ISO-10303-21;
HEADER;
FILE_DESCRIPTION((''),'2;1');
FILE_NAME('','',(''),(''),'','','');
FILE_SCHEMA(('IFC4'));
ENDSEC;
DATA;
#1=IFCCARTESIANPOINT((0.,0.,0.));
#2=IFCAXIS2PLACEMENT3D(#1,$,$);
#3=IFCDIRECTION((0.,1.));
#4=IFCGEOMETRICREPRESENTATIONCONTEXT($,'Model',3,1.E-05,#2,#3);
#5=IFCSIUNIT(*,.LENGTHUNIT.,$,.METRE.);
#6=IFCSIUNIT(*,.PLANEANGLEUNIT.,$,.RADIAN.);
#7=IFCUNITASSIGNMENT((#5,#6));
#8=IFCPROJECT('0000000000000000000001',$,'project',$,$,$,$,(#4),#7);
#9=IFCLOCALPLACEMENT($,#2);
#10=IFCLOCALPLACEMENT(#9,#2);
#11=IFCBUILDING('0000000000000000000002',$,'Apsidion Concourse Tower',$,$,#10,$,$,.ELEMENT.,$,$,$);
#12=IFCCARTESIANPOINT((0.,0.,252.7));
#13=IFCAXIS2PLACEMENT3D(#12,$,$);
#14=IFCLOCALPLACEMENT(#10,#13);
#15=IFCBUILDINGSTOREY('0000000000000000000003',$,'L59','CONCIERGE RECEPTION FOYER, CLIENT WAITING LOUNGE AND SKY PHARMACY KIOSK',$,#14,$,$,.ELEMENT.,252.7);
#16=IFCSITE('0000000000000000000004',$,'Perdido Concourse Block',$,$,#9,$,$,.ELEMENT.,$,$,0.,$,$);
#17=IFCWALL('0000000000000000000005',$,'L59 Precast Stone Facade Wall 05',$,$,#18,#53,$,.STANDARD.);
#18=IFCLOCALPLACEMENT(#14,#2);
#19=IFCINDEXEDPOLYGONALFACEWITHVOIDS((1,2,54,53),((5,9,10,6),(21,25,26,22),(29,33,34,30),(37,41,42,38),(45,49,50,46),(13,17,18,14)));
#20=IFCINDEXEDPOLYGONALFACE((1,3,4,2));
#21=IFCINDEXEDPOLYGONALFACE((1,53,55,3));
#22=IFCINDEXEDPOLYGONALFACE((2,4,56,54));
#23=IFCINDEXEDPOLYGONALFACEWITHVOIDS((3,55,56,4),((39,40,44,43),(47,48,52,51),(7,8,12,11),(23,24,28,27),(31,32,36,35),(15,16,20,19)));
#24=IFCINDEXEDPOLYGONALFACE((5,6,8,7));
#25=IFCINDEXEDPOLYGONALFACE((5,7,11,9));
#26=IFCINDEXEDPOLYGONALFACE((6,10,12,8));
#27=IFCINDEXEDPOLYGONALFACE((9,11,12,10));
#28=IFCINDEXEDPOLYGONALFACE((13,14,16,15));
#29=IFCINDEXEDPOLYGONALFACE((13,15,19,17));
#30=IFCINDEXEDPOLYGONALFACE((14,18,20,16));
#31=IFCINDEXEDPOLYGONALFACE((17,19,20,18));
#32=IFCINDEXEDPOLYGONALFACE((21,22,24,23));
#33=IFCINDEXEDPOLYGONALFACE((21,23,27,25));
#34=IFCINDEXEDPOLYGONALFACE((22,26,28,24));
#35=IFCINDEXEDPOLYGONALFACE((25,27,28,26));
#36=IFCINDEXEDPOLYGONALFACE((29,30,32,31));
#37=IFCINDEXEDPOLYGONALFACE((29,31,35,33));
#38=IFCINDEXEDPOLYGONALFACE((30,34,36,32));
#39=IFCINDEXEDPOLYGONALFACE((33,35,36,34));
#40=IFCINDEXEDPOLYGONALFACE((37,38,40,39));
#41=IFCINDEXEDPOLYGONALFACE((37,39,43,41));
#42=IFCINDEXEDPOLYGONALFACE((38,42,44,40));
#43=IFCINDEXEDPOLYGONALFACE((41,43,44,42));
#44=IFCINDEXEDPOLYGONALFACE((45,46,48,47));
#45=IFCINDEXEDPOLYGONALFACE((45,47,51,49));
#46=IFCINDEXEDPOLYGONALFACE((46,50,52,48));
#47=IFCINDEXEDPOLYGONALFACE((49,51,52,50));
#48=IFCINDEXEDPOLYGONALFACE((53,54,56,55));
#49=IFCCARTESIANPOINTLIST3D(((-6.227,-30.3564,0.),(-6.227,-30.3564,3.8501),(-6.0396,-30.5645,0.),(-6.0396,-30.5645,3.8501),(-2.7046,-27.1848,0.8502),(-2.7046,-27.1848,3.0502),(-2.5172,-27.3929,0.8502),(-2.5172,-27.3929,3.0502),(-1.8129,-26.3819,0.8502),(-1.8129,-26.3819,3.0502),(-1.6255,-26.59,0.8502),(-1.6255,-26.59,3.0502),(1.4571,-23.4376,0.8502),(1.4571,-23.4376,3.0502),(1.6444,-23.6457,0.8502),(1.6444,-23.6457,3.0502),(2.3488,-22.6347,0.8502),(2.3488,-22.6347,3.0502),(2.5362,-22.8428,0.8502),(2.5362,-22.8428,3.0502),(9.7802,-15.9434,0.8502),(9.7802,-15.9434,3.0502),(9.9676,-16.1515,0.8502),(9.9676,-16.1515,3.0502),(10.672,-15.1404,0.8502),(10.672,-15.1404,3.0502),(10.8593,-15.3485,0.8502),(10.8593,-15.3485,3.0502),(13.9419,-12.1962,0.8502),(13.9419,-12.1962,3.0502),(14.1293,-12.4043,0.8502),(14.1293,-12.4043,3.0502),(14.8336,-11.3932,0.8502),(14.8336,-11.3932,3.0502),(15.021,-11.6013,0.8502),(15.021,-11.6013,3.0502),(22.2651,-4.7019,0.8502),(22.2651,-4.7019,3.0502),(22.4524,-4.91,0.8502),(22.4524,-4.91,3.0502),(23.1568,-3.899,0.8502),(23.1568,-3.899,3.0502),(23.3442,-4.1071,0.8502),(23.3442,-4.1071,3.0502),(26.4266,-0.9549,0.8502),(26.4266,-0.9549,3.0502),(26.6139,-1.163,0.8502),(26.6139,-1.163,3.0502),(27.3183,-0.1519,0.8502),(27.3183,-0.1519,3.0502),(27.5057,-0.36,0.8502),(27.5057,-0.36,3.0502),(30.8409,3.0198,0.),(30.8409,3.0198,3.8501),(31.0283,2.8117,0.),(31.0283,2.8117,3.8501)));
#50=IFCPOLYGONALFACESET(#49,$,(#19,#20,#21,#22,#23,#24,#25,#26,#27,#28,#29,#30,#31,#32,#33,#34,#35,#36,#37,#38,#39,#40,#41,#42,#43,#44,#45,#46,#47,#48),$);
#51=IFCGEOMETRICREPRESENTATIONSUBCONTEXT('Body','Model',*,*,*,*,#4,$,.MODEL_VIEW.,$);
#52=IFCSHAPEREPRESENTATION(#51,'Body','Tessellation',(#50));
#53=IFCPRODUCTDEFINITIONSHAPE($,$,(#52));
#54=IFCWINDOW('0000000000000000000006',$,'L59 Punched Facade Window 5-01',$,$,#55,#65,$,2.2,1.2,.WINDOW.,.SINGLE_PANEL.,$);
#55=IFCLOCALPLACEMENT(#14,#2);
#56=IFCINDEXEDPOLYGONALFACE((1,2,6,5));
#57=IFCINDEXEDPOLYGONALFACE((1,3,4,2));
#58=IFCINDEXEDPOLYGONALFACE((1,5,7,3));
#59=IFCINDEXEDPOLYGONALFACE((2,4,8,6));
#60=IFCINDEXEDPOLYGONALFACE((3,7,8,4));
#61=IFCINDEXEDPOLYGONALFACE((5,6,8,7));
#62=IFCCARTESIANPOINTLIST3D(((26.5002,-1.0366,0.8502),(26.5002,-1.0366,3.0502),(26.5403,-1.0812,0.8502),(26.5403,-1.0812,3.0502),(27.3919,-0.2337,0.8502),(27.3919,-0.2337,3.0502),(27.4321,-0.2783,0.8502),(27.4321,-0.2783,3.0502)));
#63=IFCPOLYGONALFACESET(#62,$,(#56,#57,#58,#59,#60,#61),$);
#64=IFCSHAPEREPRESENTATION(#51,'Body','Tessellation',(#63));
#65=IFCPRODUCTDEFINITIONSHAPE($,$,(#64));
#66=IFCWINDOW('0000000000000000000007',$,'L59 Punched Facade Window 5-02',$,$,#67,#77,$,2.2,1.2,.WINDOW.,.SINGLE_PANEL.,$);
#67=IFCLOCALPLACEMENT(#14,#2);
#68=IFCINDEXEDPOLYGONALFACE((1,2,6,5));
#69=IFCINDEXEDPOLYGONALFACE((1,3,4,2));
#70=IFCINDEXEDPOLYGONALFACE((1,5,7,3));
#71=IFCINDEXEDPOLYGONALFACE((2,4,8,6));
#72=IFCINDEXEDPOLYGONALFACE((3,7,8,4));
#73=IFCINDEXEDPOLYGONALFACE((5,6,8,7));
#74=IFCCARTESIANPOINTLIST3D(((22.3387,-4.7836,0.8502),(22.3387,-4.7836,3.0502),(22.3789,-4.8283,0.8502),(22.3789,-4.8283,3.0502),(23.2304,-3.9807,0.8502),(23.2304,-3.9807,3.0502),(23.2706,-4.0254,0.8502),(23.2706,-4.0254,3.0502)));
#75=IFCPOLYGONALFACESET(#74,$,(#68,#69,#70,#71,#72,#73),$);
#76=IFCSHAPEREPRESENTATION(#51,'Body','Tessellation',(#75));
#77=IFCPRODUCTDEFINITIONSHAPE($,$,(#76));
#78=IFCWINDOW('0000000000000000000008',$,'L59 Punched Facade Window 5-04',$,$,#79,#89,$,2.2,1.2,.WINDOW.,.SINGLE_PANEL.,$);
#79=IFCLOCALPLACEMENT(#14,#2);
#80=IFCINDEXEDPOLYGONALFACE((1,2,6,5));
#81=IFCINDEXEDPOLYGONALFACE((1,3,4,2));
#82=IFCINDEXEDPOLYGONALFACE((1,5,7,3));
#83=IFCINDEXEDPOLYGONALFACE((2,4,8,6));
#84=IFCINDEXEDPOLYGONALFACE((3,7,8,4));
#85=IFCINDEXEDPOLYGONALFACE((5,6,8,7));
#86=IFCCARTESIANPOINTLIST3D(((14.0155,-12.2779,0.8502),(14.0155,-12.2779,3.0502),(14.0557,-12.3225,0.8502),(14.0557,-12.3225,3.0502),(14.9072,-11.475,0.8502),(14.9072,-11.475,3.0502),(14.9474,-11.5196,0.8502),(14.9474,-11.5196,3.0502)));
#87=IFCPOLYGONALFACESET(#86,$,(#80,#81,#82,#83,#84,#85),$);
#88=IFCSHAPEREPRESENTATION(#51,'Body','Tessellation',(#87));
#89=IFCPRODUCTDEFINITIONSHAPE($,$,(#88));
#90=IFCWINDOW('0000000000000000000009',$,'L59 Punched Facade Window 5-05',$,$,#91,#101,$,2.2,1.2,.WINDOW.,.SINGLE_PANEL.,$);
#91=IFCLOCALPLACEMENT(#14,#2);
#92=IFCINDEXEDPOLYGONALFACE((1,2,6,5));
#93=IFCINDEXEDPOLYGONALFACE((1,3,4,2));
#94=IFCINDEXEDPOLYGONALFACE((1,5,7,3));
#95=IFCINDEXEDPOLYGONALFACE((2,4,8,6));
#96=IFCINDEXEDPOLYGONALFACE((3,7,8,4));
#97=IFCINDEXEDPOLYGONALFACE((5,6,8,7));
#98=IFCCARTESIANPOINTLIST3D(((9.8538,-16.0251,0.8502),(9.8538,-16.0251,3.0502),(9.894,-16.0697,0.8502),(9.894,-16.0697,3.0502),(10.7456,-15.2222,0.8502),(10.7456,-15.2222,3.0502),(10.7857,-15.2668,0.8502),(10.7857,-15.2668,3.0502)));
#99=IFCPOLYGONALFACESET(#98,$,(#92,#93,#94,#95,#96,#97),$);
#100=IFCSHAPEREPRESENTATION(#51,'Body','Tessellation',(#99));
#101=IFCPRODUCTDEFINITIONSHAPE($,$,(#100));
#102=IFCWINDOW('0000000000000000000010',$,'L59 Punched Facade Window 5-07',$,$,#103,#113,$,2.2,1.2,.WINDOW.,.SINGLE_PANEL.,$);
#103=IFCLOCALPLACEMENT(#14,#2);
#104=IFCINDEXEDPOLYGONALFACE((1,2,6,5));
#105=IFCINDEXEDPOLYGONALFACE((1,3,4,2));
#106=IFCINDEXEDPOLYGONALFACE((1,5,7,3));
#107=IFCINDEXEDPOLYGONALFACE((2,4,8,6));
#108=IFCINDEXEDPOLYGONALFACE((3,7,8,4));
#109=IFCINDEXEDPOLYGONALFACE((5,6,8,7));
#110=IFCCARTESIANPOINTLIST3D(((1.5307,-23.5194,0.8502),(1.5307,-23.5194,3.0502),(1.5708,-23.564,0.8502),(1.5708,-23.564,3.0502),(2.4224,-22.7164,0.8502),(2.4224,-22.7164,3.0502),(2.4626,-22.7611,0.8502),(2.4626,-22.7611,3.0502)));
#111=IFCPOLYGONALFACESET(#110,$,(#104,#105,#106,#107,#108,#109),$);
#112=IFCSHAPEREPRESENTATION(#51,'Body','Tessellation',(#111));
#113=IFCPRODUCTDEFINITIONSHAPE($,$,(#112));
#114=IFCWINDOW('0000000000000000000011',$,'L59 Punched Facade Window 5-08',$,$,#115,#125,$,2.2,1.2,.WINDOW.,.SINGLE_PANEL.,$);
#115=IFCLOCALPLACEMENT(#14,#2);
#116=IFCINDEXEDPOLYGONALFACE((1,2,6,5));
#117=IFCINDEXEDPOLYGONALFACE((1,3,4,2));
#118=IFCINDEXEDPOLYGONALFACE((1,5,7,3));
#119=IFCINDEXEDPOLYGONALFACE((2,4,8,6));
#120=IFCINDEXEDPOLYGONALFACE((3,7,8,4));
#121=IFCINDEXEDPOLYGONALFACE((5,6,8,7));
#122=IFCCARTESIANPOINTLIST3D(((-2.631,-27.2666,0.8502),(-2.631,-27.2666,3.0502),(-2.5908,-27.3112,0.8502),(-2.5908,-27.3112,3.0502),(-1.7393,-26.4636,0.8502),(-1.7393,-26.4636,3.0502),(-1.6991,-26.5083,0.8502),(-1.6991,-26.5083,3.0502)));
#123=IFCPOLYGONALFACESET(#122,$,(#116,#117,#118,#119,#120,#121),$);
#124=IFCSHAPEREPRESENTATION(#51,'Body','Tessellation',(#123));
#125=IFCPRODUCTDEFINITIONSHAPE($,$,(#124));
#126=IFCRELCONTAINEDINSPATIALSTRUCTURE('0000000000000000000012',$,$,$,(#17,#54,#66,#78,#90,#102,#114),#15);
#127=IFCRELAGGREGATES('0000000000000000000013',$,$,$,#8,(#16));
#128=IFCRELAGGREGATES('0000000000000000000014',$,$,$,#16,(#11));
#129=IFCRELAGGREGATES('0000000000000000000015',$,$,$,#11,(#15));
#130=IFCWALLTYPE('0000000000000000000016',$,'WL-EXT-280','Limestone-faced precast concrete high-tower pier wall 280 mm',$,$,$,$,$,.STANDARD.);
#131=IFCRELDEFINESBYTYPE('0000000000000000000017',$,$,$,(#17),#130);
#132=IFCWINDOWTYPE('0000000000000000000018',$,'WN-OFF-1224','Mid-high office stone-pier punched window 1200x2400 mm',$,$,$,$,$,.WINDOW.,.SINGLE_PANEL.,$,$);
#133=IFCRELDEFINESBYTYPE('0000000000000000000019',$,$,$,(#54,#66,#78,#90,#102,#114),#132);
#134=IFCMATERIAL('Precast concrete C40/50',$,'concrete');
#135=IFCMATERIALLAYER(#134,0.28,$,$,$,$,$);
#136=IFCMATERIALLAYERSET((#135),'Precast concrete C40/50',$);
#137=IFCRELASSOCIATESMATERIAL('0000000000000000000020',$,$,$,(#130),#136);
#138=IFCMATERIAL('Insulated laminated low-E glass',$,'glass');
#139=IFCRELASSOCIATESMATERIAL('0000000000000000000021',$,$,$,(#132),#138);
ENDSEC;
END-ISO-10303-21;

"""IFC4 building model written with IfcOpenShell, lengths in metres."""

from ifc_helpers import new_model, si_unit, direction, frame, frame_2d, origin, place, context, subcontext, project, spatial, rectangle, extrude, material, layer, layer_set, type_object, element, fill, save


model = new_model("IFC4")

# Units and contexts
model_context = context("Model", 3, precision=1e-05, world=origin(), true_north=direction((0.0, 1.0)))
body_context = subcontext(model_context, "Body", "Model", "MODEL_VIEW")
ifc_project = project(units=[si_unit("LENGTHUNIT", "METRE"), si_unit("PLANEANGLEUNIT", "RADIAN")], contexts=[model_context])

# Site, building, storey
site_placement = place(None, origin())
site = spatial("IfcSite", under=ifc_project, at=site_placement, Name="Perdido Concourse Block", CompositionType="ELEMENT", RefElevation=0.0)
building_placement = place(site_placement, origin())
building = spatial("IfcBuilding", under=site, at=building_placement, Name="Apsidion Concourse Tower", CompositionType="ELEMENT")
storey_placement = place(building_placement, frame((0.0, 0.0, 252.7)))
storey = spatial("IfcBuildingStorey", under=building, at=storey_placement, Name="L59", Description="CONCIERGE RECEPTION FOYER, CLIENT WAITING LOUNGE AND SKY PHARMACY KIOSK", CompositionType="ELEMENT", Elevation=252.7)

# Shared definitions
ifc_material_1 = material(Name="Precast concrete C40/50", Category="concrete")
ifc_layer_1 = layer(ifc_material_1, 0.28)
ifc_layer_set_1 = layer_set([ifc_layer_1], Name="Precast concrete C40/50")
wall_type_1 = type_object("IfcWallType", Name="WL-EXT-280", Description="Limestone-faced precast concrete high-tower pier wall 280 mm", PredefinedType="STANDARD", material=ifc_layer_set_1)

# Wall, openings, windows
wall_1_placement = place(storey_placement, frame((30.9346, 2.9158, 0.0), z_axis=(0.0, 0.0, 1.0), x_axis=(-0.743143, -0.669132, 0.0)))
wall_1 = element("IfcWall", 1, at=wall_1_placement, inside=storey, type_object=wall_type_1, Name="L59 Precast Stone Facade Wall 05", PredefinedType="STANDARD", context=body_context, shape_type="SweptSolid", body=[
    extrude(rectangle(XDim=49.8799, YDim=0.28, at=frame_2d((24.9399, 0.0))), origin(), (0.0, 0.0, 1.0), 3.8501),
])
opening_1_placement = place(wall_1_placement, frame((4.74, 0.0, 0.8501)))
opening_1 = element("IfcOpeningElement", 2, at=opening_1_placement, cuts=wall_1, PredefinedType="OPENING", context=body_context, shape_type="SweptSolid", body=[
    extrude(rectangle(XDim=1.2, YDim=2.2, at=frame_2d((0.6001, 1.1001))), frame((0.0, 0.1499, 0.0), z_axis=(0.0, -1.0, 0.0), x_axis=(1.0, 0.0, 0.0)), (0.0, 0.0, 1.0), 0.3),
])
opening_2_placement = place(wall_1_placement, frame((10.3398, 0.0, 0.8501)))
opening_2 = element("IfcOpeningElement", 3, at=opening_2_placement, cuts=wall_1, PredefinedType="OPENING", context=body_context, shape_type="SweptSolid", body=[
    extrude(rectangle(XDim=1.2, YDim=2.2, at=frame_2d((0.6001, 1.1001))), frame((0.0, 0.1499, 0.0), z_axis=(0.0, -1.0, 0.0), x_axis=(1.0, 0.0, 0.0)), (0.0, 0.0, 1.0), 0.3),
])
opening_3_placement = place(wall_1_placement, frame((21.5398, 0.0, 0.8501)))
opening_3 = element("IfcOpeningElement", 4, at=opening_3_placement, cuts=wall_1, PredefinedType="OPENING", context=body_context, shape_type="SweptSolid", body=[
    extrude(rectangle(XDim=1.2, YDim=2.2, at=frame_2d((0.6001, 1.1001))), frame((0.0, 0.1499, 0.0), z_axis=(0.0, -1.0, 0.0), x_axis=(1.0, 0.0, 0.0)), (0.0, 0.0, 1.0), 0.3),
])
opening_4_placement = place(wall_1_placement, frame((27.1399, 0.0, 0.8501)))
opening_4 = element("IfcOpeningElement", 5, at=opening_4_placement, cuts=wall_1, PredefinedType="OPENING", context=body_context, shape_type="SweptSolid", body=[
    extrude(rectangle(XDim=1.2, YDim=2.2, at=frame_2d((0.6001, 1.1001))), frame((0.0, 0.1499, 0.0), z_axis=(0.0, -1.0, 0.0), x_axis=(1.0, 0.0, 0.0)), (0.0, 0.0, 1.0), 0.3),
])
opening_5_placement = place(wall_1_placement, frame((38.3398, 0.0, 0.8501)))
opening_5 = element("IfcOpeningElement", 6, at=opening_5_placement, cuts=wall_1, PredefinedType="OPENING", context=body_context, shape_type="SweptSolid", body=[
    extrude(rectangle(XDim=1.2, YDim=2.2, at=frame_2d((0.6001, 1.1001))), frame((0.0, 0.1499, 0.0), z_axis=(0.0, -1.0, 0.0), x_axis=(1.0, 0.0, 0.0)), (0.0, 0.0, 1.0), 0.3),
])
opening_6_placement = place(wall_1_placement, frame((43.9399, 0.0, 0.8501)))
opening_6 = element("IfcOpeningElement", 7, at=opening_6_placement, cuts=wall_1, PredefinedType="OPENING", context=body_context, shape_type="SweptSolid", body=[
    extrude(rectangle(XDim=1.2, YDim=2.2, at=frame_2d((0.6001, 1.1001))), frame((0.0, 0.1499, 0.0), z_axis=(0.0, -1.0, 0.0), x_axis=(1.0, 0.0, 0.0)), (0.0, 0.0, 1.0), 0.3),
])
ifc_material_2 = material(Name="Insulated laminated low-E glass", Category="glass")
window_type = type_object("IfcWindowType", Name="WN-OFF-1224", Description="Mid-high office stone-pier punched window 1200x2400 mm", PartitioningType="SINGLE_PANEL", PredefinedType="WINDOW", material=ifc_material_2)
window_1_placement = place(opening_1_placement, origin())
window_1 = element("IfcWindow", 8, at=window_1_placement, inside=storey, type_object=window_type, Name="L59 Punched Facade Window 5-01", OverallHeight=2.2, OverallWidth=1.2, PartitioningType="SINGLE_PANEL", PredefinedType="WINDOW", context=body_context, shape_type="SweptSolid", body=[
    extrude(rectangle(XDim=1.2, YDim=2.2, at=frame_2d((0.6001, 1.1001))), frame((0.0, 0.03, 0.0), z_axis=(0.0, -1.0, 0.0), x_axis=(1.0, 0.0, 0.0)), (0.0, 0.0, 1.0), 0.0601),
])
fill(opening_1, window_1)
window_2_placement = place(opening_2_placement, origin())
window_2 = element("IfcWindow", 9, at=window_2_placement, inside=storey, type_object=window_type, Name="L59 Punched Facade Window 5-02", OverallHeight=2.2, OverallWidth=1.2, PartitioningType="SINGLE_PANEL", PredefinedType="WINDOW", context=body_context, shape_type="SweptSolid", body=[
    extrude(rectangle(XDim=1.2, YDim=2.2, at=frame_2d((0.6001, 1.1001))), frame((0.0, 0.03, 0.0), z_axis=(0.0, -1.0, 0.0), x_axis=(1.0, 0.0, 0.0)), (0.0, 0.0, 1.0), 0.0601),
])
fill(opening_2, window_2)
window_3_placement = place(opening_3_placement, origin())
window_3 = element("IfcWindow", 10, at=window_3_placement, inside=storey, type_object=window_type, Name="L59 Punched Facade Window 5-04", OverallHeight=2.2, OverallWidth=1.2, PartitioningType="SINGLE_PANEL", PredefinedType="WINDOW", context=body_context, shape_type="SweptSolid", body=[
    extrude(rectangle(XDim=1.2, YDim=2.2, at=frame_2d((0.6001, 1.1001))), frame((0.0, 0.03, 0.0), z_axis=(0.0, -1.0, 0.0), x_axis=(1.0, 0.0, 0.0)), (0.0, 0.0, 1.0), 0.0601),
])
fill(opening_3, window_3)
window_4_placement = place(opening_4_placement, origin())
window_4 = element("IfcWindow", 11, at=window_4_placement, inside=storey, type_object=window_type, Name="L59 Punched Facade Window 5-05", OverallHeight=2.2, OverallWidth=1.2, PartitioningType="SINGLE_PANEL", PredefinedType="WINDOW", context=body_context, shape_type="SweptSolid", body=[
    extrude(rectangle(XDim=1.2, YDim=2.2, at=frame_2d((0.6001, 1.1001))), frame((0.0, 0.03, 0.0), z_axis=(0.0, -1.0, 0.0), x_axis=(1.0, 0.0, 0.0)), (0.0, 0.0, 1.0), 0.0601),
])
fill(opening_4, window_4)
window_5_placement = place(opening_5_placement, origin())
window_5 = element("IfcWindow", 12, at=window_5_placement, inside=storey, type_object=window_type, Name="L59 Punched Facade Window 5-07", OverallHeight=2.2, OverallWidth=1.2, PartitioningType="SINGLE_PANEL", PredefinedType="WINDOW", context=body_context, shape_type="SweptSolid", body=[
    extrude(rectangle(XDim=1.2, YDim=2.2, at=frame_2d((0.6001, 1.1001))), frame((0.0, 0.03, 0.0), z_axis=(0.0, -1.0, 0.0), x_axis=(1.0, 0.0, 0.0)), (0.0, 0.0, 1.0), 0.0601),
])
fill(opening_5, window_5)
window_6_placement = place(opening_6_placement, origin())
window_6 = element("IfcWindow", 13, at=window_6_placement, inside=storey, type_object=window_type, Name="L59 Punched Facade Window 5-08", OverallHeight=2.2, OverallWidth=1.2, PartitioningType="SINGLE_PANEL", PredefinedType="WINDOW", context=body_context, shape_type="SweptSolid", body=[
    extrude(rectangle(XDim=1.2, YDim=2.2, at=frame_2d((0.6001, 1.1001))), frame((0.0, 0.03, 0.0), z_axis=(0.0, -1.0, 0.0), x_axis=(1.0, 0.0, 0.0)), (0.0, 0.0, 1.0), 0.0601),
])
fill(opening_6, window_6)

save(model, "model.ifc")
